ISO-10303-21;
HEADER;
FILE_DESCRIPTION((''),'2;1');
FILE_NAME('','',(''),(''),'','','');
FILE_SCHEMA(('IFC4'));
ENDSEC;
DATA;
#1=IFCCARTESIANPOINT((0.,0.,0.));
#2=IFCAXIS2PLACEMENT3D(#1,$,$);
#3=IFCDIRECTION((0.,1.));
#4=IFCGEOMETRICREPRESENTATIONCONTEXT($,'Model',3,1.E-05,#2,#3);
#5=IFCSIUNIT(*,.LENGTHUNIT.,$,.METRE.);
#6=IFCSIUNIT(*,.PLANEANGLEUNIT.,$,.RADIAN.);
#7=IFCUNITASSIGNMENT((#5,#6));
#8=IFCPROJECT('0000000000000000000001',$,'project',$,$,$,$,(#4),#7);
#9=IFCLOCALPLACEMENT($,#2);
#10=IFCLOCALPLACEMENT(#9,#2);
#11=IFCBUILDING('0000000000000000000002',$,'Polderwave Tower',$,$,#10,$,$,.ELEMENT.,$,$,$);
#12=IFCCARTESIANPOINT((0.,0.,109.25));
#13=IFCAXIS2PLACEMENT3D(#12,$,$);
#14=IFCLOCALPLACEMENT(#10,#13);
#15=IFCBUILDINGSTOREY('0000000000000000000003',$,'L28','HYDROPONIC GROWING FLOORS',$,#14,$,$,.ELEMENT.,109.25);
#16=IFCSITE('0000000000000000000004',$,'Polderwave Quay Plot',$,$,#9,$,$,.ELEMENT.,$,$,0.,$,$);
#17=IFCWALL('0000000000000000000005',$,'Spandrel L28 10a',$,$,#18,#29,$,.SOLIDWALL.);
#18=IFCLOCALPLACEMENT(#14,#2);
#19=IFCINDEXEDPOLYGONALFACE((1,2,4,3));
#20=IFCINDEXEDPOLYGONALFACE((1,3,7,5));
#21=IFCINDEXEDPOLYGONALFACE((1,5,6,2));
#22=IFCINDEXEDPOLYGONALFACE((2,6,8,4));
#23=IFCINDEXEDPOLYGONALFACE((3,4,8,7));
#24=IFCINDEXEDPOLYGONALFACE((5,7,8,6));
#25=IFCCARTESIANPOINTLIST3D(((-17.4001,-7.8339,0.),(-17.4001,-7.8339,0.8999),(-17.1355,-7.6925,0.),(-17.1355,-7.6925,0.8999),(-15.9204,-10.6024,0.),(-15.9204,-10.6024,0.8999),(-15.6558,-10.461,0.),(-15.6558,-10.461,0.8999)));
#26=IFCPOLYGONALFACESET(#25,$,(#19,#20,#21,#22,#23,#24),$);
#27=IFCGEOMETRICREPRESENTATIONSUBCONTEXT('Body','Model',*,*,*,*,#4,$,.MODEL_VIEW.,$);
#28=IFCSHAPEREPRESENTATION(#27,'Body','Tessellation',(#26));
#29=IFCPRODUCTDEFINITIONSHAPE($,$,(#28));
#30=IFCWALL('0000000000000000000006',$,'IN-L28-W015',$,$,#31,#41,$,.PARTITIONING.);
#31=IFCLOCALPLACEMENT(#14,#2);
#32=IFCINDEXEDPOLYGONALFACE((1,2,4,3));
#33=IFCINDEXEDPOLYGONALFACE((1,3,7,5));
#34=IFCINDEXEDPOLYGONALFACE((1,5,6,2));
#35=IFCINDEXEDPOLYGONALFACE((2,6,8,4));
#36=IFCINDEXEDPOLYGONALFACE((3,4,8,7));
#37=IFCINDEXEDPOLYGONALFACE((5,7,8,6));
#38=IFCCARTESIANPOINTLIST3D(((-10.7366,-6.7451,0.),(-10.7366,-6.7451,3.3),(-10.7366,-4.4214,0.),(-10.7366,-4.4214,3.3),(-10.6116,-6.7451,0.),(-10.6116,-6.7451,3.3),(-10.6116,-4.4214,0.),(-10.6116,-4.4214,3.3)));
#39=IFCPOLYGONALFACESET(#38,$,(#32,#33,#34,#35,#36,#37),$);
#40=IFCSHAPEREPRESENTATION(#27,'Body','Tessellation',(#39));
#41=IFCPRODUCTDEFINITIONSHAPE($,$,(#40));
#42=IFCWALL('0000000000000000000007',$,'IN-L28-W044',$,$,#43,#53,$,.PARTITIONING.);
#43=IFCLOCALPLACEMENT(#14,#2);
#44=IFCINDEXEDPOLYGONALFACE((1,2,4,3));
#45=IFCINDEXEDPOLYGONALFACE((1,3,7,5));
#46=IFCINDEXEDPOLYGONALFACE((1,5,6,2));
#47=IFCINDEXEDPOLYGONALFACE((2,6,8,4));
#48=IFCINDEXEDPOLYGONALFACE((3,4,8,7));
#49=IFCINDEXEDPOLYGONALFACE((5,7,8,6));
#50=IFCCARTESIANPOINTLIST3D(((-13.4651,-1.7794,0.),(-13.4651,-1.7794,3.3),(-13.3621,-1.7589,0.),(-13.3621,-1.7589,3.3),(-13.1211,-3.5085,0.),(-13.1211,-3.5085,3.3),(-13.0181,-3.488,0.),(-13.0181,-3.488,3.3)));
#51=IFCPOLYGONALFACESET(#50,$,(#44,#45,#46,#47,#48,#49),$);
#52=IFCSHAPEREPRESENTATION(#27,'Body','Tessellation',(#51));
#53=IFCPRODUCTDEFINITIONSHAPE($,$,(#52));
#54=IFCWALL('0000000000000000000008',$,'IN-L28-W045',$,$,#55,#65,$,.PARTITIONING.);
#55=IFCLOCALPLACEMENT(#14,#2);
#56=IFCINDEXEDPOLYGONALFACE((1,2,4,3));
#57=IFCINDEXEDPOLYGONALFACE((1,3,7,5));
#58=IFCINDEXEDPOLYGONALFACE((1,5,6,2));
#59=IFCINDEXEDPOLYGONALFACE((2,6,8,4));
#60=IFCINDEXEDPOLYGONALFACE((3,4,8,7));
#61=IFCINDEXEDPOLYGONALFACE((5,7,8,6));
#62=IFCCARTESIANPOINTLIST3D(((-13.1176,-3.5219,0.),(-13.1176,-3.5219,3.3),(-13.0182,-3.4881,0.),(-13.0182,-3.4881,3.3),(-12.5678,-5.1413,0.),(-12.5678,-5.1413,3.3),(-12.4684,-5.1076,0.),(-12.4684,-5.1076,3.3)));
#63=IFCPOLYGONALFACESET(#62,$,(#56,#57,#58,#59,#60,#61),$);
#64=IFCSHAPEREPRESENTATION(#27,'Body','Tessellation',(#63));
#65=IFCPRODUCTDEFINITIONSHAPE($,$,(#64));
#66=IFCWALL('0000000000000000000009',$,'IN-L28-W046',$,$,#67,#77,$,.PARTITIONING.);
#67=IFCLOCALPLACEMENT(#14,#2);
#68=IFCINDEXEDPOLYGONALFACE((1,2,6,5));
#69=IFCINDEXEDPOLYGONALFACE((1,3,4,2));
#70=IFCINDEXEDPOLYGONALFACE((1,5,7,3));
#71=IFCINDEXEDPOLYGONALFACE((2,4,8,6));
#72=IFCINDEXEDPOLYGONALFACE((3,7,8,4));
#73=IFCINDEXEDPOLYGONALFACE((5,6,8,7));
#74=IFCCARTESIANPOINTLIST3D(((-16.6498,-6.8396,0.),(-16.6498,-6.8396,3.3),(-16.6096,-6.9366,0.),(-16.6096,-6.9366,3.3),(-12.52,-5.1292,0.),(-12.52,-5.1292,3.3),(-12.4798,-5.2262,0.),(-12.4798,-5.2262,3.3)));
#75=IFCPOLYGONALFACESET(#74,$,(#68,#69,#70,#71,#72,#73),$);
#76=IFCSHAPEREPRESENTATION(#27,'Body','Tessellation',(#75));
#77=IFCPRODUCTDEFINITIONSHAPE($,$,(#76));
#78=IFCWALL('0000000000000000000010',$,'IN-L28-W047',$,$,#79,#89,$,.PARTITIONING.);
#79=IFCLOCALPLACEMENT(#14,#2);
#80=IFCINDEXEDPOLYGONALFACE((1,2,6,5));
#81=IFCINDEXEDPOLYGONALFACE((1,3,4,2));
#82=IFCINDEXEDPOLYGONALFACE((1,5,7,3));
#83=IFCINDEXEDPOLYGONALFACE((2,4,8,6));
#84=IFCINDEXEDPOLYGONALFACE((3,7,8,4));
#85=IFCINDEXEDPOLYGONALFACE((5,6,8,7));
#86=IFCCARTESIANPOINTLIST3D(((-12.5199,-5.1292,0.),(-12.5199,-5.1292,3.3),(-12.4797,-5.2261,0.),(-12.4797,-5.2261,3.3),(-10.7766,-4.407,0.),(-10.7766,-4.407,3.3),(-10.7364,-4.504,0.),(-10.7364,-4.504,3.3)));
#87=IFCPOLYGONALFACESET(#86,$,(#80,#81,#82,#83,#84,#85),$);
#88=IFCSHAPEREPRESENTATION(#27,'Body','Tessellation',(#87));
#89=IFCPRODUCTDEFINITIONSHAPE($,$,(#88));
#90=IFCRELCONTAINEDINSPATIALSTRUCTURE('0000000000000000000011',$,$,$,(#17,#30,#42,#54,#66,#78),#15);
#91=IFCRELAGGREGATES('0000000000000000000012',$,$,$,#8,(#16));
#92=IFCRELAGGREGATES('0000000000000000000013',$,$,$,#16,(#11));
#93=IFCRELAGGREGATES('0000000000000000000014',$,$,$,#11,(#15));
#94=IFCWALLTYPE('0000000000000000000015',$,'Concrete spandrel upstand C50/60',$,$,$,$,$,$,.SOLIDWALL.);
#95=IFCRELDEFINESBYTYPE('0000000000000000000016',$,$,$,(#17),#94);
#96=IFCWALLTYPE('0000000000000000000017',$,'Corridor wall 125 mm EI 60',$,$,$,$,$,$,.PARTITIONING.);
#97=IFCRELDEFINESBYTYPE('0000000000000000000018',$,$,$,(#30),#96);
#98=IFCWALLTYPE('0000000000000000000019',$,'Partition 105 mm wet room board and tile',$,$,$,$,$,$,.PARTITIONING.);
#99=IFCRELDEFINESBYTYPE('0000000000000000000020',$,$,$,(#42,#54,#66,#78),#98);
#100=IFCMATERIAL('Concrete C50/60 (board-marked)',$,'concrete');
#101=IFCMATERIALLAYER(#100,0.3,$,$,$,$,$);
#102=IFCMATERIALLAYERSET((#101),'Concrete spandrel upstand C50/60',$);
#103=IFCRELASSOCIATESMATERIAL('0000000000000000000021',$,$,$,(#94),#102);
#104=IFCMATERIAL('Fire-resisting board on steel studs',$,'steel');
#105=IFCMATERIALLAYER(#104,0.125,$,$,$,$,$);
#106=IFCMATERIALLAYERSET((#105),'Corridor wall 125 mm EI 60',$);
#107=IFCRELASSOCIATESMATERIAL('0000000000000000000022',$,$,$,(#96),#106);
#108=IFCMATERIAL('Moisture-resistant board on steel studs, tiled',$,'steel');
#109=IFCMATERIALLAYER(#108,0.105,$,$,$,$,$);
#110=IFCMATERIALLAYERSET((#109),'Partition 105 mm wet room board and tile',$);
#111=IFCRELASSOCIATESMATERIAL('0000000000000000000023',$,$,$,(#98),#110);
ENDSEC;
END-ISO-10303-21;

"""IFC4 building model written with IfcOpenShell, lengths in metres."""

from ifc_helpers import new_model, si_unit, direction, frame, frame_2d, origin, place, context, subcontext, project, spatial, rectangle, extrude, material, layer, layer_set, type_object, element, save


model = new_model("IFC4")

# Units and contexts
model_context = context("Model", 3, precision=1e-05, world=origin(), true_north=direction((0.0, 1.0)))
body_context = subcontext(model_context, "Body", "Model", "MODEL_VIEW")
ifc_project = project(units=[si_unit("LENGTHUNIT", "METRE"), si_unit("PLANEANGLEUNIT", "RADIAN")], contexts=[model_context])

# Site, building, storey
site_placement = place(None, origin())
site = spatial("IfcSite", under=ifc_project, at=site_placement, Name="Polderwave Quay Plot", CompositionType="ELEMENT", RefElevation=0.0)
building_placement = place(site_placement, origin())
building = spatial("IfcBuilding", under=site, at=building_placement, Name="Polderwave Tower", CompositionType="ELEMENT")
storey_placement = place(building_placement, frame((0.0, 0.0, 109.25)))
storey = spatial("IfcBuildingStorey", under=building, at=storey_placement, Name="L28", Description="HYDROPONIC GROWING FLOORS", CompositionType="ELEMENT", Elevation=109.25)

# Walls
ifc_material_1 = material(Name="Concrete C50/60 (board-marked)", Category="concrete")
ifc_layer_1 = layer(ifc_material_1, 0.3)
ifc_layer_set_1 = layer_set([ifc_layer_1], Name="Concrete spandrel upstand C50/60")
wall_type_1 = type_object("IfcWallType", Name="Concrete spandrel upstand C50/60", PredefinedType="SOLIDWALL", material=ifc_layer_set_1)
wall_1_placement = place(storey_placement, frame((-17.2678, -7.7632, 0.0), z_axis=(0.0, 0.0, 1.0), x_axis=(0.471375, -0.881933, 0.0)))
element("IfcWall", 1, at=wall_1_placement, inside=storey, type_object=wall_type_1, Name="Spandrel L28 10a", PredefinedType="SOLIDWALL", context=body_context, shape_type="SweptSolid", body=[
    extrude(rectangle(XDim=3.1392, YDim=0.3, at=frame_2d((1.5696, 0.0))), origin(), (0.0, 0.0, 1.0), 0.8999),
])
ifc_material_2 = material(Name="Fire-resisting board on steel studs", Category="steel")
ifc_layer_2 = layer(ifc_material_2, 0.125)
ifc_layer_set_2 = layer_set([ifc_layer_2], Name="Corridor wall 125 mm EI 60")
wall_type_2 = type_object("IfcWallType", Name="Corridor wall 125 mm EI 60", PredefinedType="PARTITIONING", material=ifc_layer_set_2)
wall_2_placement = place(storey_placement, frame((-10.6741, -6.7451, 0.0), z_axis=(0.0, 0.0, 1.0), x_axis=(0.0, 1.0, 0.0)))
element("IfcWall", 2, at=wall_2_placement, inside=storey, type_object=wall_type_2, Name="IN-L28-W015", PredefinedType="PARTITIONING", context=body_context, shape_type="SweptSolid", body=[
    extrude(rectangle(XDim=2.3237, YDim=0.125, at=frame_2d((1.1619, 0.0))), origin(), (0.0, 0.0, 1.0), 3.3),
])
ifc_material_3 = material(Name="Moisture-resistant board on steel studs, tiled", Category="steel")
ifc_layer_3 = layer(ifc_material_3, 0.105)
ifc_layer_set_3 = layer_set([ifc_layer_3], Name="Partition 105 mm wet room board and tile")
wall_type_3 = type_object("IfcWallType", Name="Partition 105 mm wet room board and tile", PredefinedType="PARTITIONING", material=ifc_layer_set_3)
wall_3_placement = place(storey_placement, frame((-13.4136, -1.7693, 0.0), z_axis=(0.0, 0.0, 1.0), x_axis=(0.195131, -0.980777, 0.0)))
element("IfcWall", 3, at=wall_3_placement, inside=storey, type_object=wall_type_3, Name="IN-L28-W044", PredefinedType="PARTITIONING", context=body_context, shape_type="SweptSolid", body=[
    extrude(rectangle(XDim=1.7629, YDim=0.105, at=frame_2d((0.8813, 0.0))), origin(), (0.0, 0.0, 1.0), 3.3),
])
wall_4_placement = place(storey_placement, frame((-13.0679, -3.5051, 0.0), z_axis=(0.0, 0.0, 1.0), x_axis=(0.321491, -0.946913, 0.0)))
element("IfcWall", 4, at=wall_4_placement, inside=storey, type_object=wall_type_3, Name="IN-L28-W045", PredefinedType="PARTITIONING", context=body_context, shape_type="SweptSolid", body=[
    extrude(rectangle(XDim=1.7102, YDim=0.105, at=frame_2d((0.855, 0.0))), origin(), (0.0, 0.0, 1.0), 3.3),
])
wall_5_placement = place(storey_placement, frame((-12.5, -5.1777, 0.0), z_axis=(0.0, 0.0, 1.0), x_axis=(-0.923896, -0.382644, 0.0)))
element("IfcWall", 5, at=wall_5_placement, inside=storey, type_object=wall_type_3, Name="IN-L28-W046", PredefinedType="PARTITIONING", context=body_context, shape_type="SweptSolid", body=[
    extrude(rectangle(XDim=4.47, YDim=0.105, at=frame_2d((2.2349, 0.0))), origin(), (0.0, 0.0, 1.0), 3.3),
])
wall_6_placement = place(storey_placement, frame((-10.7566, -4.4556, 0.0), z_axis=(0.0, 0.0, 1.0), x_axis=(-0.923875, -0.382695, 0.0)))
element("IfcWall", 6, at=wall_6_placement, inside=storey, type_object=wall_type_3, Name="IN-L28-W047", PredefinedType="PARTITIONING", context=body_context, shape_type="SweptSolid", body=[
    extrude(rectangle(XDim=1.887, YDim=0.105, at=frame_2d((0.9434, 0.0))), origin(), (0.0, 0.0, 1.0), 3.3),
])

save(model, "model.ifc")
